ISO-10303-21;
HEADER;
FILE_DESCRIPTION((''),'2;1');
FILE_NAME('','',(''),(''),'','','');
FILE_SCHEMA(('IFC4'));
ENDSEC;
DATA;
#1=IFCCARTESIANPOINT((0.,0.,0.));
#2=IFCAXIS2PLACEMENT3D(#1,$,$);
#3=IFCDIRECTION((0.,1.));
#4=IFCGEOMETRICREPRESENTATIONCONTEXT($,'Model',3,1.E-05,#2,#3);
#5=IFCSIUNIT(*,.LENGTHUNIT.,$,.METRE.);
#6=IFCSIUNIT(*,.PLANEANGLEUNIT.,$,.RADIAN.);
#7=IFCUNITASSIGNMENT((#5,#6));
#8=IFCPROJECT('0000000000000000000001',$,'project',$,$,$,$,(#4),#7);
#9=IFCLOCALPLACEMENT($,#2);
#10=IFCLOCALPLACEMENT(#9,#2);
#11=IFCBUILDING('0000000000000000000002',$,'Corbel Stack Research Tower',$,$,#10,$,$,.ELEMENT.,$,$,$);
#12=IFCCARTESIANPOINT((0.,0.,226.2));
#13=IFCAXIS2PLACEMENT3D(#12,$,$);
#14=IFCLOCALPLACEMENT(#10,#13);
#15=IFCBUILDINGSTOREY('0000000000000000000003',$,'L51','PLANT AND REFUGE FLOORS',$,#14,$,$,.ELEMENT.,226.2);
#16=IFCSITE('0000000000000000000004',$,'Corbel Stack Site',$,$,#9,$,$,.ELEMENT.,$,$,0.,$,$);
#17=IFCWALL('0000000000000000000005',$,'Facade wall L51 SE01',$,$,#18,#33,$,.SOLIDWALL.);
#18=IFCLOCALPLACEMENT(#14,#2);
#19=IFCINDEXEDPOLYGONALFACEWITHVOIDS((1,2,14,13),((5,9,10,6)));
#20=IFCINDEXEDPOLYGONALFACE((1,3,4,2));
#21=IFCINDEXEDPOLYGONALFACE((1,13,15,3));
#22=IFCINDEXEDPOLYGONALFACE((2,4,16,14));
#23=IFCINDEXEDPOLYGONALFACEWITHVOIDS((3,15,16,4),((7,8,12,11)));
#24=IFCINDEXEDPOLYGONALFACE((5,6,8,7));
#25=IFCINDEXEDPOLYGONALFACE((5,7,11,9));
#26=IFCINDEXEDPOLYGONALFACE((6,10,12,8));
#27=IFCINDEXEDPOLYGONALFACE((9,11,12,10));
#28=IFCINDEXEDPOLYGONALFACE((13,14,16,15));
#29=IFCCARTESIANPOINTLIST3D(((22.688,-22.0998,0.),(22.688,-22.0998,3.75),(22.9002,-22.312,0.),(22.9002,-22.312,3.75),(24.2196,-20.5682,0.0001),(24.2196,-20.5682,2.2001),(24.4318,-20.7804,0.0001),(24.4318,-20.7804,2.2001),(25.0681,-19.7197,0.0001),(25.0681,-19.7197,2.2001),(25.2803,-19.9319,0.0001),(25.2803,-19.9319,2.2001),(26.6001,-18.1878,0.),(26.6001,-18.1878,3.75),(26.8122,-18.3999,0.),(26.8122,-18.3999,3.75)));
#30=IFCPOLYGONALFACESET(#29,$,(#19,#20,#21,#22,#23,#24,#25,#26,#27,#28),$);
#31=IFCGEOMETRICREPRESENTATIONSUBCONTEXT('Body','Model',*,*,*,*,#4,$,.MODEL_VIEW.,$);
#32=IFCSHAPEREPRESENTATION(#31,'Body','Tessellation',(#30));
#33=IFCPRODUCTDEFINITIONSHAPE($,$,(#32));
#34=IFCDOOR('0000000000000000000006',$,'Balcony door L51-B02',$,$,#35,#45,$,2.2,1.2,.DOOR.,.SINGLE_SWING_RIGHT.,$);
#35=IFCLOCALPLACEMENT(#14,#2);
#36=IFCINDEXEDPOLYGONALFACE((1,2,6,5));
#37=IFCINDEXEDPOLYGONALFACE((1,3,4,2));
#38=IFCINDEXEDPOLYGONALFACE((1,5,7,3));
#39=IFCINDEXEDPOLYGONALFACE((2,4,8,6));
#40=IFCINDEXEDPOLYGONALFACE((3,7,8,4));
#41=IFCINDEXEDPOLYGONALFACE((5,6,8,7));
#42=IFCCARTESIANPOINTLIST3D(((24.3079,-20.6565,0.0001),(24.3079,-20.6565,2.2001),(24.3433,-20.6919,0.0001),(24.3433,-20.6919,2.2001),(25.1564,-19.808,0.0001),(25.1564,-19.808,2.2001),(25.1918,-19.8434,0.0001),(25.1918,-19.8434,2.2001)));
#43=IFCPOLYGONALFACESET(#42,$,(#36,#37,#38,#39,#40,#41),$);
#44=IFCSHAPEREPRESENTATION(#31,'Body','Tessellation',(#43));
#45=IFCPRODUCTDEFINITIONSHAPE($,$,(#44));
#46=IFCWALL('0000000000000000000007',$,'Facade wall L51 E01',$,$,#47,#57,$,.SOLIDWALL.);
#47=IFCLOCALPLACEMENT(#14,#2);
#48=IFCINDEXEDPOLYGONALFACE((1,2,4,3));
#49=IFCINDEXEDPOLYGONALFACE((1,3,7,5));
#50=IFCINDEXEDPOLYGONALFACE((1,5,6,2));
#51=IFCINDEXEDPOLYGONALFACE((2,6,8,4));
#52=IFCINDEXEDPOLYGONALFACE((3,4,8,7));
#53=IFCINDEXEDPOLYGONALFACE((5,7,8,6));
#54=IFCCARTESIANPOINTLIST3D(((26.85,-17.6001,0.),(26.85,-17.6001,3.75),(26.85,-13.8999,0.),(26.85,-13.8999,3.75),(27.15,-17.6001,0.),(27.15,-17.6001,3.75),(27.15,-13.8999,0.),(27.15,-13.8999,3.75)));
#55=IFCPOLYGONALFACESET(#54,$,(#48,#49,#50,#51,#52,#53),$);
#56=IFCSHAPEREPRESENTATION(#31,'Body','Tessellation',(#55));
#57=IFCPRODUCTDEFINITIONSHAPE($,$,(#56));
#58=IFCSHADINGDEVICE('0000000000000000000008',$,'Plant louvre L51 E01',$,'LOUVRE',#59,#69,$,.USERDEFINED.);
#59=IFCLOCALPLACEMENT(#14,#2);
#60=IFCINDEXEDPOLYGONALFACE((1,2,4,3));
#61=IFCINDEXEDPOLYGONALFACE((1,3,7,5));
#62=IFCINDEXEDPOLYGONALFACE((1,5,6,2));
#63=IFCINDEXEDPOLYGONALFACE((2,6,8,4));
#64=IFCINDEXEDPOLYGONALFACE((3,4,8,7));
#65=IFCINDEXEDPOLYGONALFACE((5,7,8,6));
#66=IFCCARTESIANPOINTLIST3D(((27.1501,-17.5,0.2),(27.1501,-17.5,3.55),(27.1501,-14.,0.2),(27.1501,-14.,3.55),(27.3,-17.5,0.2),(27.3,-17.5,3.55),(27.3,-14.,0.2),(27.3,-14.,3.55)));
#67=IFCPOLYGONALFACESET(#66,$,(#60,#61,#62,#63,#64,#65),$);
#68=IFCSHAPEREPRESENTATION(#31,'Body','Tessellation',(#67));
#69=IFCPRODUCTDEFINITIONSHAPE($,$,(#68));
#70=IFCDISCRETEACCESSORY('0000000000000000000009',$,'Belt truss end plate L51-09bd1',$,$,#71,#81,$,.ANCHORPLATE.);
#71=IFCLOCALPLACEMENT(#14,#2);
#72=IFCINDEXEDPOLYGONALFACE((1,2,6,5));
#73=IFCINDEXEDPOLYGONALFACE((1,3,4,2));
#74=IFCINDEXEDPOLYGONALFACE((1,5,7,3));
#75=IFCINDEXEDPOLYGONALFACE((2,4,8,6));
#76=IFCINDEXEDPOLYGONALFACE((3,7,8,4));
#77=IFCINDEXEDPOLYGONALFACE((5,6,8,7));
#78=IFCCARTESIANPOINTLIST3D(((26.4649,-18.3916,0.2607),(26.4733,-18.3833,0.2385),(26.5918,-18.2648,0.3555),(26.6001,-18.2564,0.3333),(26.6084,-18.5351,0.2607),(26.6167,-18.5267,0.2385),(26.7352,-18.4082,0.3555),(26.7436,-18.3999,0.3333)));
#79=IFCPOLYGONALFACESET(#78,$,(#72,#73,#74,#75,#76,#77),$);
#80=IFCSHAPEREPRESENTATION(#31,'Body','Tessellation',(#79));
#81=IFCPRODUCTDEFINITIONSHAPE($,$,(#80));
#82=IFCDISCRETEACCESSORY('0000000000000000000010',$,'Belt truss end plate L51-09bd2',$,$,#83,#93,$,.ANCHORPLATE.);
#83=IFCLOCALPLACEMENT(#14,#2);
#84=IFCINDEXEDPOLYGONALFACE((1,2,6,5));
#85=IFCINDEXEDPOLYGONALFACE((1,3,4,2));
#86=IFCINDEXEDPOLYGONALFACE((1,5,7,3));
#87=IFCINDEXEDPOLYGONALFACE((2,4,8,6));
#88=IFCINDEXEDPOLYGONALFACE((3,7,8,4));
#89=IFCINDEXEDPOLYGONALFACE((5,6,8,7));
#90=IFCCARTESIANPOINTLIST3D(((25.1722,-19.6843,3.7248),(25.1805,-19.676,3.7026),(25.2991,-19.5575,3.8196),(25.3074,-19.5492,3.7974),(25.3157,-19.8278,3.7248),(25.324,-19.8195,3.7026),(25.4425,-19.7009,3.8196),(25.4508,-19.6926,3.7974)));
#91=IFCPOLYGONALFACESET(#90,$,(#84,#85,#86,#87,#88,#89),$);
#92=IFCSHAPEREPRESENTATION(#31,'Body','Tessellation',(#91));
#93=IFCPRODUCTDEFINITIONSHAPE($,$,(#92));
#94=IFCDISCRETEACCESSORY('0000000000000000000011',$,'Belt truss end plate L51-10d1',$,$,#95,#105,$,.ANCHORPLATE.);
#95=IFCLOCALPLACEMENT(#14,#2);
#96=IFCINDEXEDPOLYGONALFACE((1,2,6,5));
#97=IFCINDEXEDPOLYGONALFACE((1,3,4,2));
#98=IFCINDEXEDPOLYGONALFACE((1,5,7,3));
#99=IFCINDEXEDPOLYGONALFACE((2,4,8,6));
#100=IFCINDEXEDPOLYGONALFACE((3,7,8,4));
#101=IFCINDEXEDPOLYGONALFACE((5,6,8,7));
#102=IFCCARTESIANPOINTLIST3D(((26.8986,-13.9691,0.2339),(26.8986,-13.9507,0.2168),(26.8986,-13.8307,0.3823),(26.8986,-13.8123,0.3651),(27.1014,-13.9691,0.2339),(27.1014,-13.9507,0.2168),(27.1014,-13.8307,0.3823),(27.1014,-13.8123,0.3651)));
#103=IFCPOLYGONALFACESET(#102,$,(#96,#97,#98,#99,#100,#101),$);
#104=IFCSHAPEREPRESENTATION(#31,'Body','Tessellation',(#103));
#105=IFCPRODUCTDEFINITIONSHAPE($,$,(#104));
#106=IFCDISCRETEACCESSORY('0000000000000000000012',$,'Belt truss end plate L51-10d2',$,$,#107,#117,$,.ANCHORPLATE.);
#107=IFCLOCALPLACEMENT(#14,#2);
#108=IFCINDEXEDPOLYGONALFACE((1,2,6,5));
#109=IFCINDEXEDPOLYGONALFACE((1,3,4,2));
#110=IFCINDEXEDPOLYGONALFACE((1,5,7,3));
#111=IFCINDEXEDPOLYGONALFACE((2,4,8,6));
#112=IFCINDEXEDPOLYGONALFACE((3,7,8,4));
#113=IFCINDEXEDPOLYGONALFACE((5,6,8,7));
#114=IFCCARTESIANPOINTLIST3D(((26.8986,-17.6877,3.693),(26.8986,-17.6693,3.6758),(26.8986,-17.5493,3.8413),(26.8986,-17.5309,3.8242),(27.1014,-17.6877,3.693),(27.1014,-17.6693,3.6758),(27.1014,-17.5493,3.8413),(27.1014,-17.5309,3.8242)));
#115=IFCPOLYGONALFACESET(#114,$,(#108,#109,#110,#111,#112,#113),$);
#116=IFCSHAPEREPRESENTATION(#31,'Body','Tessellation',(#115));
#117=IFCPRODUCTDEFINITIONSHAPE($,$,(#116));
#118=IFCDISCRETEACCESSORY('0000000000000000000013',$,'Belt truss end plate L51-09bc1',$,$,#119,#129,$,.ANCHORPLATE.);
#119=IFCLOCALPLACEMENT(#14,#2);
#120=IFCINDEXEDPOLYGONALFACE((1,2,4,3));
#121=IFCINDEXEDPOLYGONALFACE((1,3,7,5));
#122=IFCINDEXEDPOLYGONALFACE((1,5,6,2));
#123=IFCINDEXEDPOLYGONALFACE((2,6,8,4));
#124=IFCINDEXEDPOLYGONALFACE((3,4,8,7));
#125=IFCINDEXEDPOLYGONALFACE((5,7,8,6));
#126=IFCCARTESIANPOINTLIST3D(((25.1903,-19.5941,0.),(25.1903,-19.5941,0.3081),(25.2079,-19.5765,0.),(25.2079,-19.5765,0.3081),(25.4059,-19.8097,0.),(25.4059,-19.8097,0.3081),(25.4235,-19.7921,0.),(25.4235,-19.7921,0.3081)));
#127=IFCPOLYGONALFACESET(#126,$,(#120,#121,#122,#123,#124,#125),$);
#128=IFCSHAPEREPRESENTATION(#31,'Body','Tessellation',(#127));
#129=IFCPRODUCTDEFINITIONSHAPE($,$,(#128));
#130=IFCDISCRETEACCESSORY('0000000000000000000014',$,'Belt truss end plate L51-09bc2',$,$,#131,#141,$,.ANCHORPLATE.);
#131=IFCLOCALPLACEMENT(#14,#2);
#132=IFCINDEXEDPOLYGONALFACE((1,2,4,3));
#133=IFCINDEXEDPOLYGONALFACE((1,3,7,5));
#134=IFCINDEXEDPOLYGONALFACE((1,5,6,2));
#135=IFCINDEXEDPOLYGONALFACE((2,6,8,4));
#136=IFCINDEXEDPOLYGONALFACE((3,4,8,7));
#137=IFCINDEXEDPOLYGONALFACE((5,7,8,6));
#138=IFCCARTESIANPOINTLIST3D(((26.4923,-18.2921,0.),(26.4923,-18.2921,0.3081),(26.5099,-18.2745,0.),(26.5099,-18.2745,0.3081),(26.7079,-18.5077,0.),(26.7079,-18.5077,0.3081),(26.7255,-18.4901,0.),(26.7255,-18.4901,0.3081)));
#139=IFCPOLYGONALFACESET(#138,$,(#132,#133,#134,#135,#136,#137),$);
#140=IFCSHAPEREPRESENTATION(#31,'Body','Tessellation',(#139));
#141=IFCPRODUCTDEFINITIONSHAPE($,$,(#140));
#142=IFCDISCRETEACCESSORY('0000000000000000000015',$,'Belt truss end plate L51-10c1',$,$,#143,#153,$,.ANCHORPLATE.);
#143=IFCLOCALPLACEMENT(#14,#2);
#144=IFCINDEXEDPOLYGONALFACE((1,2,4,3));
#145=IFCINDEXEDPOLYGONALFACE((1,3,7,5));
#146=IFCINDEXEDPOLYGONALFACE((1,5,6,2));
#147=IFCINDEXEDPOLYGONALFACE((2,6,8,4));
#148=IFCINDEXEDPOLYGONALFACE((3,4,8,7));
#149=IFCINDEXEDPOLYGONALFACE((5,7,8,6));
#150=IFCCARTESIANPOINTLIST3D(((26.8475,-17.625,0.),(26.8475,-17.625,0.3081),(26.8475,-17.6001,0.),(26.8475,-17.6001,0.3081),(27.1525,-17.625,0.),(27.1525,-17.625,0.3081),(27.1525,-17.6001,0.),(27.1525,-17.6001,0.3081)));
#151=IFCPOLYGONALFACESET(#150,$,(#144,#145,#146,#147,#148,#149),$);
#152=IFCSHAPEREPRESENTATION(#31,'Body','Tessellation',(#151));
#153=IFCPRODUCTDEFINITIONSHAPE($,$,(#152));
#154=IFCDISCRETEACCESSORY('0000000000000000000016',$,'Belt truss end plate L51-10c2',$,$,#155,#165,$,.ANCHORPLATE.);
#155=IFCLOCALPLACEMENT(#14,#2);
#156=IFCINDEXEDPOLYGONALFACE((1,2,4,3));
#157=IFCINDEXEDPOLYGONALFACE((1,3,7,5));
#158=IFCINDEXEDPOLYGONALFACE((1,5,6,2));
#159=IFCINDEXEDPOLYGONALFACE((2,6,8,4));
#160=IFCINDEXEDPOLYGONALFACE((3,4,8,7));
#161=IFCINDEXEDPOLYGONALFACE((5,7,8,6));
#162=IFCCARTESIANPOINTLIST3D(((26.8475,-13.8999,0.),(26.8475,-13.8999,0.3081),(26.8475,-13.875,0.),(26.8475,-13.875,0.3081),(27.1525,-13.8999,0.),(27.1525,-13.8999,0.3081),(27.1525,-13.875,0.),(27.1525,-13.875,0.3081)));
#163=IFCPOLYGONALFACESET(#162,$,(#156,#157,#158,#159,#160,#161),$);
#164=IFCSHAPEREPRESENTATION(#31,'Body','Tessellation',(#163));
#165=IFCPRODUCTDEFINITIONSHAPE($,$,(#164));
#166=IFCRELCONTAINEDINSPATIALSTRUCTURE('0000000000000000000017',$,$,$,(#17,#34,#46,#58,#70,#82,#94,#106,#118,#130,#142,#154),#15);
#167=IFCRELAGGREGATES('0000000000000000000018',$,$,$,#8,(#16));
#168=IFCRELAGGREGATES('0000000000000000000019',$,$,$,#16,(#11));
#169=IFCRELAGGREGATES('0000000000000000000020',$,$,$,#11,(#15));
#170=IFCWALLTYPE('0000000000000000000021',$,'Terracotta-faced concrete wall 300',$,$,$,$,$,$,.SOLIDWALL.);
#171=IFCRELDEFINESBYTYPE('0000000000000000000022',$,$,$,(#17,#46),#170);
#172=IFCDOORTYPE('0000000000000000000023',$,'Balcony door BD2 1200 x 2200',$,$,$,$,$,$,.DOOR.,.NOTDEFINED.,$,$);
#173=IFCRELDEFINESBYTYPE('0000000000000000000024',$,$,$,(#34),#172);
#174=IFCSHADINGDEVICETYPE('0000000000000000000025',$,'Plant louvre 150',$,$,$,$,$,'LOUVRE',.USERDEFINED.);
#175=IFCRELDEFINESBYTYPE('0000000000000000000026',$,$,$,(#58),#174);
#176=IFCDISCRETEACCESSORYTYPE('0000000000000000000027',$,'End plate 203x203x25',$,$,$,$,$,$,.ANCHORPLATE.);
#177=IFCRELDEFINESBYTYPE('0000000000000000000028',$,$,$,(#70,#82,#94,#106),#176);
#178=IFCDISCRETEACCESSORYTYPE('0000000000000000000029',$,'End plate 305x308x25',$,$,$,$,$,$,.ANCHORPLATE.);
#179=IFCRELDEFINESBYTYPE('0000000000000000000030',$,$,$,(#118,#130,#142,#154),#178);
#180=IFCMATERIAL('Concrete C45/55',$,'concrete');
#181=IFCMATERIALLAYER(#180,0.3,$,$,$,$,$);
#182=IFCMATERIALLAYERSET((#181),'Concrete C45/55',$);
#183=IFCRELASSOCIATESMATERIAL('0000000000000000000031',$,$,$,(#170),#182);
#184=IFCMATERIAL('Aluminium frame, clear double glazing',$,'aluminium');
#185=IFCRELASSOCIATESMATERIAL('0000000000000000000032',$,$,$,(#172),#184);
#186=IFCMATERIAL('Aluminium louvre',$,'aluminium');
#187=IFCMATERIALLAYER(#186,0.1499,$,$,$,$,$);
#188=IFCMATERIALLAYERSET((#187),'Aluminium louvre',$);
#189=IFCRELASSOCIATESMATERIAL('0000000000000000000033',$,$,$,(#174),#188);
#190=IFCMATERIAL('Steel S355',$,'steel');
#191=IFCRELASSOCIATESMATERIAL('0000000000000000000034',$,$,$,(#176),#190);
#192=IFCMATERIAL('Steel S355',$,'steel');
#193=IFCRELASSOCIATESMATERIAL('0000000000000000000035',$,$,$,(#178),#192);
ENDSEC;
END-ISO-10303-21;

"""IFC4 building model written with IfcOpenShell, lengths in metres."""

from ifc_helpers import new_model, si_unit, direction, frame, frame_2d, origin, origin_2d, place, context, subcontext, project, spatial, rectangle, extrude, material, layer, layer_set, material_profile, profile_set, type_object, element, fill, save


model = new_model("IFC4")

# Units and contexts
model_context = context("Model", 3, precision=1e-05, world=origin(), true_north=direction((0.0, 1.0)))
body_context = subcontext(model_context, "Body", "Model", "MODEL_VIEW")
ifc_project = project(units=[si_unit("LENGTHUNIT", "METRE"), si_unit("PLANEANGLEUNIT", "RADIAN")], contexts=[model_context])

# Site, building, storey
site_placement = place(None, origin())
site = spatial("IfcSite", under=ifc_project, at=site_placement, Name="Corbel Stack Site", CompositionType="ELEMENT", RefElevation=0.0)
building_placement = place(site_placement, origin())
building = spatial("IfcBuilding", under=site, at=building_placement, Name="Corbel Stack Research Tower", CompositionType="ELEMENT")
storey_placement = place(building_placement, frame((0.0, 0.0, 226.2)))
storey = spatial("IfcBuildingStorey", under=building, at=storey_placement, Name="L51", Description="PLANT AND REFUGE FLOORS", CompositionType="ELEMENT", Elevation=226.2)

# Wall, opening, door
ifc_material_1 = material(Name="Concrete C45/55", Category="concrete")
ifc_layer_1 = layer(ifc_material_1, 0.3)
ifc_layer_set_1 = layer_set([ifc_layer_1], Name="Concrete C45/55")
wall_type = type_object("IfcWallType", Name="Terracotta-faced concrete wall 300", PredefinedType="SOLIDWALL", material=ifc_layer_set_1)
wall_1_placement = place(storey_placement, frame((26.7061, -18.2939, 0.0), z_axis=(0.0, 0.0, 1.0), x_axis=(-0.707107, -0.707107, 0.0)))
wall_1 = element("IfcWall", 1, at=wall_1_placement, inside=storey, type_object=wall_type, Name="Facade wall L51 SE01", PredefinedType="SOLIDWALL", context=body_context, shape_type="SweptSolid", body=[
    extrude(rectangle(XDim=5.5325, YDim=0.3, at=frame_2d((2.7661, 0.0))), origin(), (0.0, 0.0, 1.0), 3.75),
])
opening_placement = place(wall_1_placement, frame((2.1663, 0.0, 0.0)))
opening = element("IfcOpeningElement", 2, at=opening_placement, cuts=wall_1, PredefinedType="OPENING", context=body_context, shape_type="SweptSolid", body=[
    extrude(rectangle(XDim=1.2, YDim=2.2, at=frame_2d((0.6001, 1.1001))), frame((0.0, 0.1599, 0.0), z_axis=(0.0, -1.0, 0.0), x_axis=(1.0, 0.0, 0.0)), (0.0, 0.0, 1.0), 0.3201),
])
ifc_material_2 = material(Name="Aluminium frame, clear double glazing", Category="aluminium")
door_type = type_object("IfcDoorType", Name="Balcony door BD2 1200 x 2200", OperationType="NOTDEFINED", PredefinedType="DOOR", material=ifc_material_2)
door_placement = place(opening_placement, origin())
door = element("IfcDoor", 3, at=door_placement, inside=storey, type_object=door_type, Name="Balcony door L51-B02", OperationType="SINGLE_SWING_RIGHT", OverallHeight=2.2, OverallWidth=1.2, PredefinedType="DOOR", context=body_context, shape_type="SweptSolid", body=[
    extrude(rectangle(XDim=1.2, YDim=2.2, at=frame_2d((0.6001, 1.1001))), frame((0.0, 0.0249, 0.0), z_axis=(0.0, -1.0, 0.0), x_axis=(1.0, 0.0, 0.0)), (0.0, 0.0, 1.0), 0.05),
])
fill(opening, door)

# Wall
wall_2_placement = place(storey_placement, frame((27.0, -13.8999, 0.0), z_axis=(0.0, 0.0, 1.0), x_axis=(0.0, -1.0, 0.0)))
element("IfcWall", 4, at=wall_2_placement, inside=storey, type_object=wall_type, Name="Facade wall L51 E01", PredefinedType="SOLIDWALL", context=body_context, shape_type="SweptSolid", body=[
    extrude(rectangle(XDim=3.7002, YDim=0.3, at=frame_2d((1.8501, 0.0))), origin(), (0.0, 0.0, 1.0), 3.75),
])

# Shading device
ifc_material_3 = material(Name="Aluminium louvre", Category="aluminium")
ifc_layer_2 = layer(ifc_material_3, 0.1499)
ifc_layer_set_2 = layer_set([ifc_layer_2], Name="Aluminium louvre")
shading_device_type = type_object("IfcShadingDeviceType", Name="Plant louvre 150", ElementType="LOUVRE", PredefinedType="USERDEFINED", material=ifc_layer_set_2)
shading_device_placement = place(storey_placement, frame((27.2251, -15.75, 0.2), z_axis=(0.0, 0.0, 1.0), x_axis=(0.0, 1.0, 0.0)))
element("IfcShadingDevice", 5, at=shading_device_placement, inside=storey, type_object=shading_device_type, Name="Plant louvre L51 E01", ObjectType="LOUVRE", PredefinedType="USERDEFINED", context=body_context, shape_type="SweptSolid", body=[
    extrude(rectangle(XDim=3.5, YDim=0.1499, at=origin_2d()), origin(), (0.0, 0.0, 1.0), 3.3501),
])

# Discrete accessories
ifc_material_4 = material(Name="Steel S355", Category="steel")
ifc_material_profile_1 = material_profile(ifc_material_4, rectangle(XDim=0.2029, YDim=0.2029, at=origin_2d()), Name="End plate 203x203x25")
ifc_profile_set_1 = profile_set([ifc_material_profile_1], Name="Steel S355")
discrete_accessory_type_1 = type_object("IfcDiscreteAccessoryType", Name="End plate 203x203x25", PredefinedType="ANCHORPLATE", material=ifc_profile_set_1)
for number, where, z_axis, x_axis, name in (
    (6, (26.6001, -18.3999, 0.3081), (0.330346, 0.330346, -0.884162), (-0.707107, 0.707107, 0.0), "Belt truss end plate L51-09bd1"),
    (7, (25.3157, -19.6843, 3.75), (-0.330346, -0.330346, 0.884162), (0.707107, -0.707107, 0.0), "Belt truss end plate L51-09bd2"),
    (8, (27.0, -13.8999, 0.3081), (0.0, 0.731055, -0.682318), (-1.0, 0.0, 0.0), "Belt truss end plate L51-10d1"),
    (9, (27.0, -17.6001, 3.75), (0.0, -0.731055, 0.682318), (1.0, 0.0, 0.0), "Belt truss end plate L51-10d2"),
):
    element("IfcDiscreteAccessory", number, at=place(storey_placement, frame(where, z_axis=z_axis, x_axis=x_axis)), inside=storey, type_object=discrete_accessory_type_1, Name=name, PredefinedType="ANCHORPLATE", context=body_context, shape_type="SweptSolid", body=[
        extrude(rectangle(XDim=0.2029, YDim=0.2029, at=origin_2d()), origin(), (0.0, 0.0, 1.0), 0.0251),
    ])
ifc_material_5 = material(Name="Steel S355", Category="steel")
ifc_material_profile_2 = material_profile(ifc_material_5, rectangle(XDim=0.3049, YDim=0.3081, at=origin_2d()), Name="End plate 305x308x25")
ifc_profile_set_2 = profile_set([ifc_material_profile_2], Name="Steel S355")
discrete_accessory_type_2 = type_object("IfcDiscreteAccessoryType", Name="End plate 305x308x25", PredefinedType="ANCHORPLATE", material=ifc_profile_set_2)
for number, where, z_axis, x_axis, name in (
    (10, (25.3157, -19.6843, 0.1541), (-0.707107, -0.707107, 0.0), (0.707107, -0.707107, 0.0), "Belt truss end plate L51-09bc1"),
    (11, (26.6001, -18.3999, 0.1541), (0.707107, 0.707107, 0.0), (-0.707107, 0.707107, 0.0), "Belt truss end plate L51-09bc2"),
    (12, (27.0, -17.6001, 0.1541), (0.0, -1.0, 0.0), (1.0, 0.0, 0.0), "Belt truss end plate L51-10c1"),
    (13, (27.0, -13.8999, 0.1541), (0.0, 1.0, 0.0), (-1.0, 0.0, 0.0), "Belt truss end plate L51-10c2"),
):
    element("IfcDiscreteAccessory", number, at=place(storey_placement, frame(where, z_axis=z_axis, x_axis=x_axis)), inside=storey, type_object=discrete_accessory_type_2, Name=name, PredefinedType="ANCHORPLATE", context=body_context, shape_type="SweptSolid", body=[
        extrude(rectangle(XDim=0.3049, YDim=0.3081, at=origin_2d()), origin(), (0.0, 0.0, 1.0), 0.0249),
    ])

save(model, "model.ifc")
